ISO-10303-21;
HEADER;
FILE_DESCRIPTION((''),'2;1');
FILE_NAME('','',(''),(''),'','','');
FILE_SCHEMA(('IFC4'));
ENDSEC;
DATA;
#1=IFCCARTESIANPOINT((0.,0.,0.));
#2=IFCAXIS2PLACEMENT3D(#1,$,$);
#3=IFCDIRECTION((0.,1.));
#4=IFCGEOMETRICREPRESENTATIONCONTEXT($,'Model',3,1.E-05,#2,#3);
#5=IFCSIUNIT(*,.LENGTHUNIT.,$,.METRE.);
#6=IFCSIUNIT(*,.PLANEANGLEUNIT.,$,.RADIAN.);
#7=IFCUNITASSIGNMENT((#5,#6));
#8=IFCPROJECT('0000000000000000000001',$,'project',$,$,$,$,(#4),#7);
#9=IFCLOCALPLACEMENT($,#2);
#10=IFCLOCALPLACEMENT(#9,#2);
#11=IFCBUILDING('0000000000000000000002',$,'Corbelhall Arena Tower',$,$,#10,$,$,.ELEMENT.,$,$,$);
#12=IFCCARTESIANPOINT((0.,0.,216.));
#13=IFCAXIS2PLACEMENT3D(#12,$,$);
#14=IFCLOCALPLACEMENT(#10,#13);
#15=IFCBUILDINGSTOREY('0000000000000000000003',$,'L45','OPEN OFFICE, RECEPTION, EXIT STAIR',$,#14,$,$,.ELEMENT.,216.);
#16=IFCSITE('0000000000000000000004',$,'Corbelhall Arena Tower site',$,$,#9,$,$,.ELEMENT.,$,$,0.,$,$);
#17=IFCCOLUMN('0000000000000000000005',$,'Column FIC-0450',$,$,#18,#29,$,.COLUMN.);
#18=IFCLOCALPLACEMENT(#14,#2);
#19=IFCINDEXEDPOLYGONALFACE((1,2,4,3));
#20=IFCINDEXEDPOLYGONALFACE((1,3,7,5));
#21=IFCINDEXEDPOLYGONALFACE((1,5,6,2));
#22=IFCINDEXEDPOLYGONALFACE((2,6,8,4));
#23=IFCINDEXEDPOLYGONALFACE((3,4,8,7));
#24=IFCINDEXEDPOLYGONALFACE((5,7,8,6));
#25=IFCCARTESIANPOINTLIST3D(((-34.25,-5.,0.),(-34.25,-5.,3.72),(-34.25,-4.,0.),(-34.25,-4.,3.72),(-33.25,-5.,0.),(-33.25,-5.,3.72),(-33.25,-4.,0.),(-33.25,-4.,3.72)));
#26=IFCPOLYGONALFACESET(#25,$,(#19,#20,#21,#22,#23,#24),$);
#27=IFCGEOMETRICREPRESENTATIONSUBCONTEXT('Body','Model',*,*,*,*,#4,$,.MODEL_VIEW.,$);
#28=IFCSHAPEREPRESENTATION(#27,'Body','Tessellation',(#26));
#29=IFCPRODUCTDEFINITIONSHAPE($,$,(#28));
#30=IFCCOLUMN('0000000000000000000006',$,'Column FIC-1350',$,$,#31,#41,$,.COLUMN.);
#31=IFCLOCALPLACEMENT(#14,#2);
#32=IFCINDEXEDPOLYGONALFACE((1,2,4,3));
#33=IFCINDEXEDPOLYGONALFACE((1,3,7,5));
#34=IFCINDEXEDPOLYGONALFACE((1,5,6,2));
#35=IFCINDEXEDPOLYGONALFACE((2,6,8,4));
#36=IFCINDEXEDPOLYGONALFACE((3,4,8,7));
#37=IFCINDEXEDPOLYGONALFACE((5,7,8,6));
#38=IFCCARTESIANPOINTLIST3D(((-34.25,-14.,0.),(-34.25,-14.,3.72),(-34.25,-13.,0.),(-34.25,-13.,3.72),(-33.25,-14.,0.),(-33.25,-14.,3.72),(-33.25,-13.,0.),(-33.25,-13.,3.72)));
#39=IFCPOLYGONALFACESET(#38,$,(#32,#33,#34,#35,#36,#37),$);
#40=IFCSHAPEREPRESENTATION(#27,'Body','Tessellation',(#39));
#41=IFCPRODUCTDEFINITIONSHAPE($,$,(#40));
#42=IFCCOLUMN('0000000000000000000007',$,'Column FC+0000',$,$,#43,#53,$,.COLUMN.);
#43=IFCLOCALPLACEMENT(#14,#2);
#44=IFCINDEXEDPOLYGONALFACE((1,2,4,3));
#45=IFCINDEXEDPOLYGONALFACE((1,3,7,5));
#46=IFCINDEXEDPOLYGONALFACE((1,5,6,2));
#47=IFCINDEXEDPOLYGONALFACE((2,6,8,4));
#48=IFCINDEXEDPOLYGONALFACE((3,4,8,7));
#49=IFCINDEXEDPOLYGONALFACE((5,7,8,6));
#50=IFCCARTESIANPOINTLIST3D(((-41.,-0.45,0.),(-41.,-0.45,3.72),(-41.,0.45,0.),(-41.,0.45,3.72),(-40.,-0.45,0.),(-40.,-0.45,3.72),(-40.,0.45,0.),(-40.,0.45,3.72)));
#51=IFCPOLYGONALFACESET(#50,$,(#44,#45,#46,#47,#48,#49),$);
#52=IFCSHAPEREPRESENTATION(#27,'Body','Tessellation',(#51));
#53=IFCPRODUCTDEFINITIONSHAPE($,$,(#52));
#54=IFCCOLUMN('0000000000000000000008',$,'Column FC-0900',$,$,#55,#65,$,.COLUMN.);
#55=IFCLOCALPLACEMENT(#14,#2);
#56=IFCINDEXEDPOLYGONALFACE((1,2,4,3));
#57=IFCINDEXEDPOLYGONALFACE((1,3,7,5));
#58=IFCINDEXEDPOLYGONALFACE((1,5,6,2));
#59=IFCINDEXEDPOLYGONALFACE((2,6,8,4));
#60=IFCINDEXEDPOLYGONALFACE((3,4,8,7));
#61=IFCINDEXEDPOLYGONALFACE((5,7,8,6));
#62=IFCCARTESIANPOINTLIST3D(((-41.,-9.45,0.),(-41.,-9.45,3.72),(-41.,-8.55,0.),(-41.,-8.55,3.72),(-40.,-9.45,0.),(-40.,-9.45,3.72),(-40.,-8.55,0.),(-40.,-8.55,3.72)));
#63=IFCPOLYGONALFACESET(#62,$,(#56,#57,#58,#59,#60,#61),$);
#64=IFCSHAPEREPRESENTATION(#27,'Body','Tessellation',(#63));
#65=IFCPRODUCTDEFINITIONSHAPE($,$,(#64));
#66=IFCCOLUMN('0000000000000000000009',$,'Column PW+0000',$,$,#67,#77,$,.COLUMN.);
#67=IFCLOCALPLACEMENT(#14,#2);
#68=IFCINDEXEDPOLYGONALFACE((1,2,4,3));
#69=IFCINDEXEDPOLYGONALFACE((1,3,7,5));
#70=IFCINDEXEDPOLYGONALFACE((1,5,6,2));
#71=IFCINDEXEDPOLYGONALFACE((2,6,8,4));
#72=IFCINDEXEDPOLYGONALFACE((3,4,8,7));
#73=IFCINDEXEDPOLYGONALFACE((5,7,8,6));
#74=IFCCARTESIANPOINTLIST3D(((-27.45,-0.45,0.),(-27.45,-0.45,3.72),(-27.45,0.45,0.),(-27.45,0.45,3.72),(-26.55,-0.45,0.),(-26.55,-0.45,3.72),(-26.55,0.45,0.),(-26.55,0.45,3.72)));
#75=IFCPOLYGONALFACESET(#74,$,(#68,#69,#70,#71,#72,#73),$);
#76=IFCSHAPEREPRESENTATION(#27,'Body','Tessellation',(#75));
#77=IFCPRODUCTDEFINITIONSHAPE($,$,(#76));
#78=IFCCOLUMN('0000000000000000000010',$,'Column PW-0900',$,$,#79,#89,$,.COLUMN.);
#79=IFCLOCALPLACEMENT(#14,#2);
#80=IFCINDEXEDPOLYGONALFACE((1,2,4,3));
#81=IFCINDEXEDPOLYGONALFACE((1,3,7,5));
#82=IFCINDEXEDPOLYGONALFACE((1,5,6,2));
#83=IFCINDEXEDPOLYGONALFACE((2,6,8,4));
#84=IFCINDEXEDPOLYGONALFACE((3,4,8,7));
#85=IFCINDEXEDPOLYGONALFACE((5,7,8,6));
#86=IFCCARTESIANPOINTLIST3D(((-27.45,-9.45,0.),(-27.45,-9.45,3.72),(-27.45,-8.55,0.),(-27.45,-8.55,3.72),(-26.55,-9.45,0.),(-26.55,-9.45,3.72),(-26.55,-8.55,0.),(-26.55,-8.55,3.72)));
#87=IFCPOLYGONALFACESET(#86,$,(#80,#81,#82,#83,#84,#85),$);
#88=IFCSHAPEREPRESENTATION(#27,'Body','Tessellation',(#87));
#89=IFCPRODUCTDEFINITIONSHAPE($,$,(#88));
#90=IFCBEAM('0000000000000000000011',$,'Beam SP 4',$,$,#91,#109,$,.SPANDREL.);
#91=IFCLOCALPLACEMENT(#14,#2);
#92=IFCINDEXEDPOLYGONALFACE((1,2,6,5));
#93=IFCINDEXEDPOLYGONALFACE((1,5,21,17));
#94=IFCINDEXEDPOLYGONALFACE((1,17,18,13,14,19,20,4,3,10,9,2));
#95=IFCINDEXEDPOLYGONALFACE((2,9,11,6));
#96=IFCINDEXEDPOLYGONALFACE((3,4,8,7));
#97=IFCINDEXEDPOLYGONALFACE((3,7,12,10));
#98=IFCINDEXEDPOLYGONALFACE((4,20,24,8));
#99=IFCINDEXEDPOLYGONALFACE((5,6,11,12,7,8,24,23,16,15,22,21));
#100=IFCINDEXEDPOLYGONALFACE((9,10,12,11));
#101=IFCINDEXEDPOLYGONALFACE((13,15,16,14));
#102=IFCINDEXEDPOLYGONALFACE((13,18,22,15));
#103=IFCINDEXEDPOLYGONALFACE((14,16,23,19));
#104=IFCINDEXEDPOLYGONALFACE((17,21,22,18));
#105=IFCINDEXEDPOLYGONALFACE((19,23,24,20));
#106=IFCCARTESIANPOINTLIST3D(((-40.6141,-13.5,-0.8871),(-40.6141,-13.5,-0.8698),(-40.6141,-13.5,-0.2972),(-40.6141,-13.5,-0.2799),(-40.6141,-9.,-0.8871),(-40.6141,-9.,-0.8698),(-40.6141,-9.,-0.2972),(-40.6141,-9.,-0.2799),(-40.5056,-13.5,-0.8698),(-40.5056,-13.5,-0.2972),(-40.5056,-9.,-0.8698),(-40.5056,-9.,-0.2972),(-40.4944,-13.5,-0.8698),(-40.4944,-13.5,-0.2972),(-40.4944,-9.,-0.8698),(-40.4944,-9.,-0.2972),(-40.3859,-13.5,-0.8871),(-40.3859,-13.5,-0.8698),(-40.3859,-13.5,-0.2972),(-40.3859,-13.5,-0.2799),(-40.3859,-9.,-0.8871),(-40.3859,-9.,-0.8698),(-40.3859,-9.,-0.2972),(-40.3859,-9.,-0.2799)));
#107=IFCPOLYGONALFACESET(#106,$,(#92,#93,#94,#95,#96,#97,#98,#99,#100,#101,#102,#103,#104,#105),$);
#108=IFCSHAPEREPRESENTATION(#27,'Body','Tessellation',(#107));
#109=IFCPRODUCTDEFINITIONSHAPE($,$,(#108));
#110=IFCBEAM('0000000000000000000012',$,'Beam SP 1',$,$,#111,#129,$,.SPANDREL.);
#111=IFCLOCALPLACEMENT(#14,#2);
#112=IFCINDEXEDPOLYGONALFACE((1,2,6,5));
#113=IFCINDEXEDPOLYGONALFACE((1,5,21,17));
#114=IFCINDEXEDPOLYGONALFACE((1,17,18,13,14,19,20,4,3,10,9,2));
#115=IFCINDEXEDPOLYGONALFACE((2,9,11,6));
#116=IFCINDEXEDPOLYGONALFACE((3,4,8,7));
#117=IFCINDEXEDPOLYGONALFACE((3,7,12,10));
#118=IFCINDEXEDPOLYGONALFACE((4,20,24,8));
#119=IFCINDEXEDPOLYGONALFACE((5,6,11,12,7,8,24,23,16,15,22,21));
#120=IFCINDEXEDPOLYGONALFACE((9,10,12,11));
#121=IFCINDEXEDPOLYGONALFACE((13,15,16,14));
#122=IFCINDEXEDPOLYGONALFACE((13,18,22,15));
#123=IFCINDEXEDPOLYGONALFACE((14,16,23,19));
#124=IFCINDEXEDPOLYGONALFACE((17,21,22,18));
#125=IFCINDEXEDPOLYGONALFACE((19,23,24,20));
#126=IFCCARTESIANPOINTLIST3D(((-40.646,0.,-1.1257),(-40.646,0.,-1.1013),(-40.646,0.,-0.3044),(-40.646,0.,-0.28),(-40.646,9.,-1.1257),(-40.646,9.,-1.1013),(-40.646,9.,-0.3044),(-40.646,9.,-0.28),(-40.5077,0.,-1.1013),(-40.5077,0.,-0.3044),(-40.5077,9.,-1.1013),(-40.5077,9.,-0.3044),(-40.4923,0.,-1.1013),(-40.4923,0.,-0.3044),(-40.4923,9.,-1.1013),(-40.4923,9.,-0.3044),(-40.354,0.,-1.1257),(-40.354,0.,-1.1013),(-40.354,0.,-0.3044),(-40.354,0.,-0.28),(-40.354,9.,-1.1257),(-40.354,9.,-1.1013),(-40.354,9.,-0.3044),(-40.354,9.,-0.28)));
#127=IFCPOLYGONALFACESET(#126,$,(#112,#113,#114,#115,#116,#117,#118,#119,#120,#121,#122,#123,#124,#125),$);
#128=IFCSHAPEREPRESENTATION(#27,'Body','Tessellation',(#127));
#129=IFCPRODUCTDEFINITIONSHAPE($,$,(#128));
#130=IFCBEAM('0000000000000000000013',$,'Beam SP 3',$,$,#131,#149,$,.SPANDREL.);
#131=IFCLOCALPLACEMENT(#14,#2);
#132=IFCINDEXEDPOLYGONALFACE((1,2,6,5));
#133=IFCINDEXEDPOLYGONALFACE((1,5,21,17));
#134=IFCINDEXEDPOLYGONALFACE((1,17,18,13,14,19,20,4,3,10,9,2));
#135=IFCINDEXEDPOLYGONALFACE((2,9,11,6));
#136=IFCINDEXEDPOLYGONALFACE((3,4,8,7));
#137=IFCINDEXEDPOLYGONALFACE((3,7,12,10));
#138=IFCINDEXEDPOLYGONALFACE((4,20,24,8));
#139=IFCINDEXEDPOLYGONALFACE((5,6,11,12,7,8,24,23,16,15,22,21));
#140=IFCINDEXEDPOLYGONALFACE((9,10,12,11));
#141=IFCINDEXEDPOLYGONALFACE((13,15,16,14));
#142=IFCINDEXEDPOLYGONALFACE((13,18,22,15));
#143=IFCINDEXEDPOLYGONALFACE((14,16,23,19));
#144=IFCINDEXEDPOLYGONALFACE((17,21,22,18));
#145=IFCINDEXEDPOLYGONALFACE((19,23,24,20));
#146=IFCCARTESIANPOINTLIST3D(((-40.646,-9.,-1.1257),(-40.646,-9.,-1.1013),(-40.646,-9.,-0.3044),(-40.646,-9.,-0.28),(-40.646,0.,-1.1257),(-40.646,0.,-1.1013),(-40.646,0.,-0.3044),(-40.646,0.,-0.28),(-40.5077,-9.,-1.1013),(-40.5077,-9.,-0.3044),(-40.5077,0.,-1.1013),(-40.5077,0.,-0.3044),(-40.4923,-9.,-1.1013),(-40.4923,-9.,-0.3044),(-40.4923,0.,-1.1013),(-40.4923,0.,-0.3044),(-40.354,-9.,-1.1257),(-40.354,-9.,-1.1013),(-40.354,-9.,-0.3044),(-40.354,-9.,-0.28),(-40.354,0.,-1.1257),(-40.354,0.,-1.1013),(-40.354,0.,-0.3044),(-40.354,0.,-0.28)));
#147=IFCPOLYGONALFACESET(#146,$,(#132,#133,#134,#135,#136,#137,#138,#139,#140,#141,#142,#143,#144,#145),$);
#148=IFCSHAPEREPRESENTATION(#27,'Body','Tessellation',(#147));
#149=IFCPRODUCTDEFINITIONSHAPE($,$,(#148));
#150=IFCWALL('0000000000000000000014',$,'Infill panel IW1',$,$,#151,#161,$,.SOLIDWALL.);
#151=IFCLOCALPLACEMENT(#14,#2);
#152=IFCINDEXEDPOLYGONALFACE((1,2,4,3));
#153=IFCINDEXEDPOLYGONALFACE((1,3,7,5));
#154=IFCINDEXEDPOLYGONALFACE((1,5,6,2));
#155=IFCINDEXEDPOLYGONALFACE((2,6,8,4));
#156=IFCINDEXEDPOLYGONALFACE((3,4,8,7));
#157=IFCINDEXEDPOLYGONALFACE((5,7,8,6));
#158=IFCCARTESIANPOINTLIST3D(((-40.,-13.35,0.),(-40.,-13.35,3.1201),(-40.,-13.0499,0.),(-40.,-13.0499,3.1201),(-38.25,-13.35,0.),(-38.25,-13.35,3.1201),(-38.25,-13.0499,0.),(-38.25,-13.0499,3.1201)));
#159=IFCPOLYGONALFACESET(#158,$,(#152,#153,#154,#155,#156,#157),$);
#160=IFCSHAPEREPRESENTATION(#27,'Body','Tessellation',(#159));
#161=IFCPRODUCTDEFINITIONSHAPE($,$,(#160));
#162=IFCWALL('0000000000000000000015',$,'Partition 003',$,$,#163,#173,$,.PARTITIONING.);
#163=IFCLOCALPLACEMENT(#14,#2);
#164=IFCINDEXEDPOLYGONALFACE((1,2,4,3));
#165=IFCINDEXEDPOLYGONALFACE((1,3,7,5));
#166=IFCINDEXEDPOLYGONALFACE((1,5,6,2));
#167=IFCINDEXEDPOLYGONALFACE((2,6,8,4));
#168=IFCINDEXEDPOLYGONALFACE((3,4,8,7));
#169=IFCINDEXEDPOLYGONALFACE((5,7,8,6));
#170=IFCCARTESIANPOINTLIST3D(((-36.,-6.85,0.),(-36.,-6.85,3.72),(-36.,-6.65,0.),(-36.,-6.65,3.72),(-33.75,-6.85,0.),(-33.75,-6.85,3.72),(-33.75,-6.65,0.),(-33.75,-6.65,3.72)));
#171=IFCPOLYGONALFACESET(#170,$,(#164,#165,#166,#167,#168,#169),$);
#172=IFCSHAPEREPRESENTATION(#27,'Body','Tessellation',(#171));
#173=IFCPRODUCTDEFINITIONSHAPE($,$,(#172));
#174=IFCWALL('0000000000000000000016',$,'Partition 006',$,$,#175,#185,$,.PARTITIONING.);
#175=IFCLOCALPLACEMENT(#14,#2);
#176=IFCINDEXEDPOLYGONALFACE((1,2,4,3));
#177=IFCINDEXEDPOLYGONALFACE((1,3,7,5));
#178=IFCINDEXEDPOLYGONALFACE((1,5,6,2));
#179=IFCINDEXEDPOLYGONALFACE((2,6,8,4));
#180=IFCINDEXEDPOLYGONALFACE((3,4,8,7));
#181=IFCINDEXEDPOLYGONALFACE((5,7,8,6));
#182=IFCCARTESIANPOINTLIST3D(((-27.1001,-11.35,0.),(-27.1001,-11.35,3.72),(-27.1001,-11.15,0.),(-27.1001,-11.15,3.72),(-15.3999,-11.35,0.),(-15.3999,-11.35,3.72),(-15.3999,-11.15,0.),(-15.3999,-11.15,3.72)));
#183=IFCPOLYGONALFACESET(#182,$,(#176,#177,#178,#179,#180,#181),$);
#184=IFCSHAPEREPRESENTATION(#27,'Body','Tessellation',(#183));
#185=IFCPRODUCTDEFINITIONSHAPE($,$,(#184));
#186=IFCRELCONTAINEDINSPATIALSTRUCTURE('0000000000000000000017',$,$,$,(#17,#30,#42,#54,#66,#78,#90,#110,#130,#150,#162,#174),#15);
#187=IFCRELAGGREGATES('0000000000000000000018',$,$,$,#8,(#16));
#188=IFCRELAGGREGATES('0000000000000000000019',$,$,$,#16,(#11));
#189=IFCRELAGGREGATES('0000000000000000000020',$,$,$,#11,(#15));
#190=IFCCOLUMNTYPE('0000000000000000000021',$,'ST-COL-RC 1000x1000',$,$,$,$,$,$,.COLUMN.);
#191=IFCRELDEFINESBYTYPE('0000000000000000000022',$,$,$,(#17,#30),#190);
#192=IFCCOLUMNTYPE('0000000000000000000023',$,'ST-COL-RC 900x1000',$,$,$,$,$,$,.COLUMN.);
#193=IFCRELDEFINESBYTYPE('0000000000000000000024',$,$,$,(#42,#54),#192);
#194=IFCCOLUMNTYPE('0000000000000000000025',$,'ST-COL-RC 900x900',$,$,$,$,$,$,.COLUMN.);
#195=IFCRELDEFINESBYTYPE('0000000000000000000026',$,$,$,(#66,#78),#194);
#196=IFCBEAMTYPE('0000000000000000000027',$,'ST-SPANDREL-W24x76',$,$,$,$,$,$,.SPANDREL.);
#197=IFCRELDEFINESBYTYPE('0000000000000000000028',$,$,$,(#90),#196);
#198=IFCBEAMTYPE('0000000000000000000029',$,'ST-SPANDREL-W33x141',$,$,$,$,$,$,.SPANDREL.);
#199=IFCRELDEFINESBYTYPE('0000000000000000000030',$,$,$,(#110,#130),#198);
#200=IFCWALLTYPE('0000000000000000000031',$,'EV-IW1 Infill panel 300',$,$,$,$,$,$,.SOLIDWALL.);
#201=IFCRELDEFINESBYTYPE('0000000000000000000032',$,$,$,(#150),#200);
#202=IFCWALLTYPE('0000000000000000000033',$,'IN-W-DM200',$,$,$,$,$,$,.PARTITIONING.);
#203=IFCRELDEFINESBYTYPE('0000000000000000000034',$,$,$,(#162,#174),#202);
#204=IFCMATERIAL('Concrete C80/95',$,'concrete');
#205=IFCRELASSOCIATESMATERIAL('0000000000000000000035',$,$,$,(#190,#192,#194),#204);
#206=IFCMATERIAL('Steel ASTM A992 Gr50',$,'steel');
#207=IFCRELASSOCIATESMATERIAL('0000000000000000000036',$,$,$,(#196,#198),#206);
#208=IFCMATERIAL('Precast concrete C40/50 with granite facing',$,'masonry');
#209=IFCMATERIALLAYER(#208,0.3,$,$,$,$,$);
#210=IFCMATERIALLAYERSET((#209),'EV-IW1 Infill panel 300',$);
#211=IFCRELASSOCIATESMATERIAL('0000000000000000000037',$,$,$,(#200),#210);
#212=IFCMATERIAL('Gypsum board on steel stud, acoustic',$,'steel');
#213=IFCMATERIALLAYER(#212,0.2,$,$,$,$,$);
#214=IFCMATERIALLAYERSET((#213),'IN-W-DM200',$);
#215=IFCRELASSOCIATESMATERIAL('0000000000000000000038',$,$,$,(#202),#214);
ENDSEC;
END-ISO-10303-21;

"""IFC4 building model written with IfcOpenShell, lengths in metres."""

from ifc_helpers import new_model, si_unit, direction, frame, frame_2d, origin, origin_2d, place, context, subcontext, project, spatial, rectangle, i_section, extrude, material, layer, layer_set, material_profile, profile_set, type_object, element, save


model = new_model("IFC4")

# Units and contexts
model_context = context("Model", 3, precision=1e-05, world=origin(), true_north=direction((0.0, 1.0)))
body_context = subcontext(model_context, "Body", "Model", "MODEL_VIEW")
ifc_project = project(units=[si_unit("LENGTHUNIT", "METRE"), si_unit("PLANEANGLEUNIT", "RADIAN")], contexts=[model_context])

# Site, building, storey
site_placement = place(None, origin())
site = spatial("IfcSite", under=ifc_project, at=site_placement, Name="Corbelhall Arena Tower site", CompositionType="ELEMENT", RefElevation=0.0)
building_placement = place(site_placement, origin())
building = spatial("IfcBuilding", under=site, at=building_placement, Name="Corbelhall Arena Tower", CompositionType="ELEMENT")
storey_placement = place(building_placement, frame((0.0, 0.0, 216.0)))
storey = spatial("IfcBuildingStorey", under=building, at=storey_placement, Name="L45", Description="OPEN OFFICE, RECEPTION, EXIT STAIR", CompositionType="ELEMENT", Elevation=216.0)

# Columns
ifc_material_1 = material(Name="Concrete C80/95", Category="concrete")
ifc_material_profile_1 = material_profile(ifc_material_1, rectangle(XDim=1.0, YDim=1.0, at=origin_2d()))
ifc_profile_set_1 = profile_set([ifc_material_profile_1], Name="Concrete C80/95")
column_type_1 = type_object("IfcColumnType", Name="ST-COL-RC 1000x1000", PredefinedType="COLUMN", material=ifc_profile_set_1)
for number, where, z_axis, x_axis, name in (
    (1, (-33.75, -4.5, 0.0), (0.0, 0.0, 1.0), (1.0, 0.0, 0.0), "Column FIC-0450"),
    (2, (-33.75, -13.5, 0.0), (0.0, 0.0, 1.0), (1.0, 0.0, 0.0), "Column FIC-1350"),
):
    element("IfcColumn", number, at=place(storey_placement, frame(where, z_axis=z_axis, x_axis=x_axis)), inside=storey, type_object=column_type_1, Name=name, PredefinedType="COLUMN", context=body_context, shape_type="SweptSolid", body=[
        extrude(rectangle(XDim=1.0, YDim=1.0, at=origin_2d()), origin(), (0.0, 0.0, 1.0), 3.72),
    ])
ifc_material_profile_2 = material_profile(ifc_material_1, rectangle(XDim=0.8999, YDim=1.0, at=origin_2d()))
ifc_profile_set_2 = profile_set([ifc_material_profile_2], Name="Concrete C80/95")
column_type_2 = type_object("IfcColumnType", Name="ST-COL-RC 900x1000", PredefinedType="COLUMN", material=ifc_profile_set_2)
for number, where, z_axis, x_axis, name in (
    (3, (-40.5, 0.0, 0.0), (0.0, 0.0, 1.0), (0.0, 1.0, 0.0), "Column FC+0000"),
    (4, (-40.5, -9.0, 0.0), (0.0, 0.0, 1.0), (0.0, 1.0, 0.0), "Column FC-0900"),
):
    element("IfcColumn", number, at=place(storey_placement, frame(where, z_axis=z_axis, x_axis=x_axis)), inside=storey, type_object=column_type_2, Name=name, PredefinedType="COLUMN", context=body_context, shape_type="SweptSolid", body=[
        extrude(rectangle(XDim=0.8999, YDim=1.0, at=origin_2d()), origin(), (0.0, 0.0, 1.0), 3.72),
    ])
ifc_material_profile_3 = material_profile(ifc_material_1, rectangle(XDim=0.8999, YDim=0.8999, at=origin_2d()))
ifc_profile_set_3 = profile_set([ifc_material_profile_3], Name="Concrete C80/95")
column_type_3 = type_object("IfcColumnType", Name="ST-COL-RC 900x900", PredefinedType="COLUMN", material=ifc_profile_set_3)
for number, where, z_axis, x_axis, name in (
    (5, (-27.0, 0.0, 0.0), (0.0, 0.0, 1.0), (1.0, 0.0, 0.0), "Column PW+0000"),
    (6, (-27.0, -9.0, 0.0), (0.0, 0.0, 1.0), (1.0, 0.0, 0.0), "Column PW-0900"),
):
    element("IfcColumn", number, at=place(storey_placement, frame(where, z_axis=z_axis, x_axis=x_axis)), inside=storey, type_object=column_type_3, Name=name, PredefinedType="COLUMN", context=body_context, shape_type="SweptSolid", body=[
        extrude(rectangle(XDim=0.8999, YDim=0.8999, at=origin_2d()), origin(), (0.0, 0.0, 1.0), 3.72),
    ])

# Beams
ifc_material_2 = material(Name="Steel ASTM A992 Gr50", Category="steel")
ifc_material_profile_4 = material_profile(ifc_material_2, i_section(OverallWidth=0.2283, OverallDepth=0.6072, WebThickness=0.0112, FlangeThickness=0.0173, at=origin_2d()))
ifc_profile_set_4 = profile_set([ifc_material_profile_4], Name="Steel ASTM A992 Gr50")
beam_type_1 = type_object("IfcBeamType", Name="ST-SPANDREL-W24x76", PredefinedType="SPANDREL", material=ifc_profile_set_4)
beam_placement = place(storey_placement, frame((-40.5, -13.5, -0.5835), z_axis=(0.0, 1.0, 0.0), x_axis=(-1.0, 0.0, 0.0)))
element("IfcBeam", 7, at=beam_placement, inside=storey, type_object=beam_type_1, Name="Beam SP 4", PredefinedType="SPANDREL", context=body_context, shape_type="SweptSolid", body=[
    extrude(i_section(OverallWidth=0.2283, OverallDepth=0.6072, WebThickness=0.0112, FlangeThickness=0.0173, at=origin_2d()), origin(), (0.0, 0.0, 1.0), 4.5),
])
ifc_material_profile_5 = material_profile(ifc_material_2, i_section(OverallWidth=0.292, OverallDepth=0.8457, WebThickness=0.0154, FlangeThickness=0.0244, at=origin_2d()))
ifc_profile_set_5 = profile_set([ifc_material_profile_5], Name="Steel ASTM A992 Gr50")
beam_type_2 = type_object("IfcBeamType", Name="ST-SPANDREL-W33x141", PredefinedType="SPANDREL", material=ifc_profile_set_5)
for number, where, z_axis, x_axis, name in (
    (8, (-40.5, 0.0, -0.7029), (0.0, 1.0, 0.0), (-1.0, 0.0, 0.0), "Beam SP 1"),
    (9, (-40.5, -9.0, -0.7029), (0.0, 1.0, 0.0), (-1.0, 0.0, 0.0), "Beam SP 3"),
):
    element("IfcBeam", number, at=place(storey_placement, frame(where, z_axis=z_axis, x_axis=x_axis)), inside=storey, type_object=beam_type_2, Name=name, PredefinedType="SPANDREL", context=body_context, shape_type="SweptSolid", body=[
        extrude(i_section(OverallWidth=0.292, OverallDepth=0.8457, WebThickness=0.0154, FlangeThickness=0.0244, at=origin_2d()), origin(), (0.0, 0.0, 1.0), 9.0),
    ])

# Wall
ifc_material_3 = material(Name="Precast concrete C40/50 with granite facing", Category="masonry")
ifc_layer_1 = layer(ifc_material_3, 0.3)
ifc_layer_set_1 = layer_set([ifc_layer_1], Name="EV-IW1 Infill panel 300")
wall_type_1 = type_object("IfcWallType", Name="EV-IW1 Infill panel 300", PredefinedType="SOLIDWALL", material=ifc_layer_set_1)
wall_1_placement = place(storey_placement, frame((-40.0, -13.2, 0.0), z_axis=(0.0, 0.0, 1.0), x_axis=(1.0, 0.0, 0.0)))
element("IfcWall", 10, at=wall_1_placement, inside=storey, type_object=wall_type_1, Name="Infill panel IW1", PredefinedType="SOLIDWALL", context=body_context, shape_type="SweptSolid", body=[
    extrude(rectangle(XDim=1.75, YDim=0.3, at=frame_2d((0.875, 0.0))), origin(), (0.0, 0.0, 1.0), 3.1201),
])

# Walls
ifc_material_4 = material(Name="Gypsum board on steel stud, acoustic", Category="steel")
ifc_layer_2 = layer(ifc_material_4, 0.2)
ifc_layer_set_2 = layer_set([ifc_layer_2], Name="IN-W-DM200")
wall_type_2 = type_object("IfcWallType", Name="IN-W-DM200", PredefinedType="PARTITIONING", material=ifc_layer_set_2)
wall_2_placement = place(storey_placement, frame((-33.75, -6.75, 0.0), z_axis=(0.0, 0.0, 1.0), x_axis=(-1.0, 0.0, 0.0)))
element("IfcWall", 11, at=wall_2_placement, inside=storey, type_object=wall_type_2, Name="Partition 003", PredefinedType="PARTITIONING", context=body_context, shape_type="SweptSolid", body=[
    extrude(rectangle(XDim=2.25, YDim=0.2, at=frame_2d((1.125, 0.0))), origin(), (0.0, 0.0, 1.0), 3.72),
])
for number, where, z_axis, x_axis, name in (
    (12, (-27.1001, -11.25, 0.0), (0.0, 0.0, 1.0), (1.0, 0.0, 0.0), "Partition 006"),
):
    element("IfcWall", number, at=place(storey_placement, frame(where, z_axis=z_axis, x_axis=x_axis)), inside=storey, type_object=wall_type_2, Name=name, PredefinedType="PARTITIONING", context=body_context, shape_type="SweptSolid", body=[
        extrude(rectangle(XDim=11.7002, YDim=0.2, at=frame_2d((5.8501, 0.0))), origin(), (0.0, 0.0, 1.0), 3.72),
    ])

save(model, "model.ifc")
